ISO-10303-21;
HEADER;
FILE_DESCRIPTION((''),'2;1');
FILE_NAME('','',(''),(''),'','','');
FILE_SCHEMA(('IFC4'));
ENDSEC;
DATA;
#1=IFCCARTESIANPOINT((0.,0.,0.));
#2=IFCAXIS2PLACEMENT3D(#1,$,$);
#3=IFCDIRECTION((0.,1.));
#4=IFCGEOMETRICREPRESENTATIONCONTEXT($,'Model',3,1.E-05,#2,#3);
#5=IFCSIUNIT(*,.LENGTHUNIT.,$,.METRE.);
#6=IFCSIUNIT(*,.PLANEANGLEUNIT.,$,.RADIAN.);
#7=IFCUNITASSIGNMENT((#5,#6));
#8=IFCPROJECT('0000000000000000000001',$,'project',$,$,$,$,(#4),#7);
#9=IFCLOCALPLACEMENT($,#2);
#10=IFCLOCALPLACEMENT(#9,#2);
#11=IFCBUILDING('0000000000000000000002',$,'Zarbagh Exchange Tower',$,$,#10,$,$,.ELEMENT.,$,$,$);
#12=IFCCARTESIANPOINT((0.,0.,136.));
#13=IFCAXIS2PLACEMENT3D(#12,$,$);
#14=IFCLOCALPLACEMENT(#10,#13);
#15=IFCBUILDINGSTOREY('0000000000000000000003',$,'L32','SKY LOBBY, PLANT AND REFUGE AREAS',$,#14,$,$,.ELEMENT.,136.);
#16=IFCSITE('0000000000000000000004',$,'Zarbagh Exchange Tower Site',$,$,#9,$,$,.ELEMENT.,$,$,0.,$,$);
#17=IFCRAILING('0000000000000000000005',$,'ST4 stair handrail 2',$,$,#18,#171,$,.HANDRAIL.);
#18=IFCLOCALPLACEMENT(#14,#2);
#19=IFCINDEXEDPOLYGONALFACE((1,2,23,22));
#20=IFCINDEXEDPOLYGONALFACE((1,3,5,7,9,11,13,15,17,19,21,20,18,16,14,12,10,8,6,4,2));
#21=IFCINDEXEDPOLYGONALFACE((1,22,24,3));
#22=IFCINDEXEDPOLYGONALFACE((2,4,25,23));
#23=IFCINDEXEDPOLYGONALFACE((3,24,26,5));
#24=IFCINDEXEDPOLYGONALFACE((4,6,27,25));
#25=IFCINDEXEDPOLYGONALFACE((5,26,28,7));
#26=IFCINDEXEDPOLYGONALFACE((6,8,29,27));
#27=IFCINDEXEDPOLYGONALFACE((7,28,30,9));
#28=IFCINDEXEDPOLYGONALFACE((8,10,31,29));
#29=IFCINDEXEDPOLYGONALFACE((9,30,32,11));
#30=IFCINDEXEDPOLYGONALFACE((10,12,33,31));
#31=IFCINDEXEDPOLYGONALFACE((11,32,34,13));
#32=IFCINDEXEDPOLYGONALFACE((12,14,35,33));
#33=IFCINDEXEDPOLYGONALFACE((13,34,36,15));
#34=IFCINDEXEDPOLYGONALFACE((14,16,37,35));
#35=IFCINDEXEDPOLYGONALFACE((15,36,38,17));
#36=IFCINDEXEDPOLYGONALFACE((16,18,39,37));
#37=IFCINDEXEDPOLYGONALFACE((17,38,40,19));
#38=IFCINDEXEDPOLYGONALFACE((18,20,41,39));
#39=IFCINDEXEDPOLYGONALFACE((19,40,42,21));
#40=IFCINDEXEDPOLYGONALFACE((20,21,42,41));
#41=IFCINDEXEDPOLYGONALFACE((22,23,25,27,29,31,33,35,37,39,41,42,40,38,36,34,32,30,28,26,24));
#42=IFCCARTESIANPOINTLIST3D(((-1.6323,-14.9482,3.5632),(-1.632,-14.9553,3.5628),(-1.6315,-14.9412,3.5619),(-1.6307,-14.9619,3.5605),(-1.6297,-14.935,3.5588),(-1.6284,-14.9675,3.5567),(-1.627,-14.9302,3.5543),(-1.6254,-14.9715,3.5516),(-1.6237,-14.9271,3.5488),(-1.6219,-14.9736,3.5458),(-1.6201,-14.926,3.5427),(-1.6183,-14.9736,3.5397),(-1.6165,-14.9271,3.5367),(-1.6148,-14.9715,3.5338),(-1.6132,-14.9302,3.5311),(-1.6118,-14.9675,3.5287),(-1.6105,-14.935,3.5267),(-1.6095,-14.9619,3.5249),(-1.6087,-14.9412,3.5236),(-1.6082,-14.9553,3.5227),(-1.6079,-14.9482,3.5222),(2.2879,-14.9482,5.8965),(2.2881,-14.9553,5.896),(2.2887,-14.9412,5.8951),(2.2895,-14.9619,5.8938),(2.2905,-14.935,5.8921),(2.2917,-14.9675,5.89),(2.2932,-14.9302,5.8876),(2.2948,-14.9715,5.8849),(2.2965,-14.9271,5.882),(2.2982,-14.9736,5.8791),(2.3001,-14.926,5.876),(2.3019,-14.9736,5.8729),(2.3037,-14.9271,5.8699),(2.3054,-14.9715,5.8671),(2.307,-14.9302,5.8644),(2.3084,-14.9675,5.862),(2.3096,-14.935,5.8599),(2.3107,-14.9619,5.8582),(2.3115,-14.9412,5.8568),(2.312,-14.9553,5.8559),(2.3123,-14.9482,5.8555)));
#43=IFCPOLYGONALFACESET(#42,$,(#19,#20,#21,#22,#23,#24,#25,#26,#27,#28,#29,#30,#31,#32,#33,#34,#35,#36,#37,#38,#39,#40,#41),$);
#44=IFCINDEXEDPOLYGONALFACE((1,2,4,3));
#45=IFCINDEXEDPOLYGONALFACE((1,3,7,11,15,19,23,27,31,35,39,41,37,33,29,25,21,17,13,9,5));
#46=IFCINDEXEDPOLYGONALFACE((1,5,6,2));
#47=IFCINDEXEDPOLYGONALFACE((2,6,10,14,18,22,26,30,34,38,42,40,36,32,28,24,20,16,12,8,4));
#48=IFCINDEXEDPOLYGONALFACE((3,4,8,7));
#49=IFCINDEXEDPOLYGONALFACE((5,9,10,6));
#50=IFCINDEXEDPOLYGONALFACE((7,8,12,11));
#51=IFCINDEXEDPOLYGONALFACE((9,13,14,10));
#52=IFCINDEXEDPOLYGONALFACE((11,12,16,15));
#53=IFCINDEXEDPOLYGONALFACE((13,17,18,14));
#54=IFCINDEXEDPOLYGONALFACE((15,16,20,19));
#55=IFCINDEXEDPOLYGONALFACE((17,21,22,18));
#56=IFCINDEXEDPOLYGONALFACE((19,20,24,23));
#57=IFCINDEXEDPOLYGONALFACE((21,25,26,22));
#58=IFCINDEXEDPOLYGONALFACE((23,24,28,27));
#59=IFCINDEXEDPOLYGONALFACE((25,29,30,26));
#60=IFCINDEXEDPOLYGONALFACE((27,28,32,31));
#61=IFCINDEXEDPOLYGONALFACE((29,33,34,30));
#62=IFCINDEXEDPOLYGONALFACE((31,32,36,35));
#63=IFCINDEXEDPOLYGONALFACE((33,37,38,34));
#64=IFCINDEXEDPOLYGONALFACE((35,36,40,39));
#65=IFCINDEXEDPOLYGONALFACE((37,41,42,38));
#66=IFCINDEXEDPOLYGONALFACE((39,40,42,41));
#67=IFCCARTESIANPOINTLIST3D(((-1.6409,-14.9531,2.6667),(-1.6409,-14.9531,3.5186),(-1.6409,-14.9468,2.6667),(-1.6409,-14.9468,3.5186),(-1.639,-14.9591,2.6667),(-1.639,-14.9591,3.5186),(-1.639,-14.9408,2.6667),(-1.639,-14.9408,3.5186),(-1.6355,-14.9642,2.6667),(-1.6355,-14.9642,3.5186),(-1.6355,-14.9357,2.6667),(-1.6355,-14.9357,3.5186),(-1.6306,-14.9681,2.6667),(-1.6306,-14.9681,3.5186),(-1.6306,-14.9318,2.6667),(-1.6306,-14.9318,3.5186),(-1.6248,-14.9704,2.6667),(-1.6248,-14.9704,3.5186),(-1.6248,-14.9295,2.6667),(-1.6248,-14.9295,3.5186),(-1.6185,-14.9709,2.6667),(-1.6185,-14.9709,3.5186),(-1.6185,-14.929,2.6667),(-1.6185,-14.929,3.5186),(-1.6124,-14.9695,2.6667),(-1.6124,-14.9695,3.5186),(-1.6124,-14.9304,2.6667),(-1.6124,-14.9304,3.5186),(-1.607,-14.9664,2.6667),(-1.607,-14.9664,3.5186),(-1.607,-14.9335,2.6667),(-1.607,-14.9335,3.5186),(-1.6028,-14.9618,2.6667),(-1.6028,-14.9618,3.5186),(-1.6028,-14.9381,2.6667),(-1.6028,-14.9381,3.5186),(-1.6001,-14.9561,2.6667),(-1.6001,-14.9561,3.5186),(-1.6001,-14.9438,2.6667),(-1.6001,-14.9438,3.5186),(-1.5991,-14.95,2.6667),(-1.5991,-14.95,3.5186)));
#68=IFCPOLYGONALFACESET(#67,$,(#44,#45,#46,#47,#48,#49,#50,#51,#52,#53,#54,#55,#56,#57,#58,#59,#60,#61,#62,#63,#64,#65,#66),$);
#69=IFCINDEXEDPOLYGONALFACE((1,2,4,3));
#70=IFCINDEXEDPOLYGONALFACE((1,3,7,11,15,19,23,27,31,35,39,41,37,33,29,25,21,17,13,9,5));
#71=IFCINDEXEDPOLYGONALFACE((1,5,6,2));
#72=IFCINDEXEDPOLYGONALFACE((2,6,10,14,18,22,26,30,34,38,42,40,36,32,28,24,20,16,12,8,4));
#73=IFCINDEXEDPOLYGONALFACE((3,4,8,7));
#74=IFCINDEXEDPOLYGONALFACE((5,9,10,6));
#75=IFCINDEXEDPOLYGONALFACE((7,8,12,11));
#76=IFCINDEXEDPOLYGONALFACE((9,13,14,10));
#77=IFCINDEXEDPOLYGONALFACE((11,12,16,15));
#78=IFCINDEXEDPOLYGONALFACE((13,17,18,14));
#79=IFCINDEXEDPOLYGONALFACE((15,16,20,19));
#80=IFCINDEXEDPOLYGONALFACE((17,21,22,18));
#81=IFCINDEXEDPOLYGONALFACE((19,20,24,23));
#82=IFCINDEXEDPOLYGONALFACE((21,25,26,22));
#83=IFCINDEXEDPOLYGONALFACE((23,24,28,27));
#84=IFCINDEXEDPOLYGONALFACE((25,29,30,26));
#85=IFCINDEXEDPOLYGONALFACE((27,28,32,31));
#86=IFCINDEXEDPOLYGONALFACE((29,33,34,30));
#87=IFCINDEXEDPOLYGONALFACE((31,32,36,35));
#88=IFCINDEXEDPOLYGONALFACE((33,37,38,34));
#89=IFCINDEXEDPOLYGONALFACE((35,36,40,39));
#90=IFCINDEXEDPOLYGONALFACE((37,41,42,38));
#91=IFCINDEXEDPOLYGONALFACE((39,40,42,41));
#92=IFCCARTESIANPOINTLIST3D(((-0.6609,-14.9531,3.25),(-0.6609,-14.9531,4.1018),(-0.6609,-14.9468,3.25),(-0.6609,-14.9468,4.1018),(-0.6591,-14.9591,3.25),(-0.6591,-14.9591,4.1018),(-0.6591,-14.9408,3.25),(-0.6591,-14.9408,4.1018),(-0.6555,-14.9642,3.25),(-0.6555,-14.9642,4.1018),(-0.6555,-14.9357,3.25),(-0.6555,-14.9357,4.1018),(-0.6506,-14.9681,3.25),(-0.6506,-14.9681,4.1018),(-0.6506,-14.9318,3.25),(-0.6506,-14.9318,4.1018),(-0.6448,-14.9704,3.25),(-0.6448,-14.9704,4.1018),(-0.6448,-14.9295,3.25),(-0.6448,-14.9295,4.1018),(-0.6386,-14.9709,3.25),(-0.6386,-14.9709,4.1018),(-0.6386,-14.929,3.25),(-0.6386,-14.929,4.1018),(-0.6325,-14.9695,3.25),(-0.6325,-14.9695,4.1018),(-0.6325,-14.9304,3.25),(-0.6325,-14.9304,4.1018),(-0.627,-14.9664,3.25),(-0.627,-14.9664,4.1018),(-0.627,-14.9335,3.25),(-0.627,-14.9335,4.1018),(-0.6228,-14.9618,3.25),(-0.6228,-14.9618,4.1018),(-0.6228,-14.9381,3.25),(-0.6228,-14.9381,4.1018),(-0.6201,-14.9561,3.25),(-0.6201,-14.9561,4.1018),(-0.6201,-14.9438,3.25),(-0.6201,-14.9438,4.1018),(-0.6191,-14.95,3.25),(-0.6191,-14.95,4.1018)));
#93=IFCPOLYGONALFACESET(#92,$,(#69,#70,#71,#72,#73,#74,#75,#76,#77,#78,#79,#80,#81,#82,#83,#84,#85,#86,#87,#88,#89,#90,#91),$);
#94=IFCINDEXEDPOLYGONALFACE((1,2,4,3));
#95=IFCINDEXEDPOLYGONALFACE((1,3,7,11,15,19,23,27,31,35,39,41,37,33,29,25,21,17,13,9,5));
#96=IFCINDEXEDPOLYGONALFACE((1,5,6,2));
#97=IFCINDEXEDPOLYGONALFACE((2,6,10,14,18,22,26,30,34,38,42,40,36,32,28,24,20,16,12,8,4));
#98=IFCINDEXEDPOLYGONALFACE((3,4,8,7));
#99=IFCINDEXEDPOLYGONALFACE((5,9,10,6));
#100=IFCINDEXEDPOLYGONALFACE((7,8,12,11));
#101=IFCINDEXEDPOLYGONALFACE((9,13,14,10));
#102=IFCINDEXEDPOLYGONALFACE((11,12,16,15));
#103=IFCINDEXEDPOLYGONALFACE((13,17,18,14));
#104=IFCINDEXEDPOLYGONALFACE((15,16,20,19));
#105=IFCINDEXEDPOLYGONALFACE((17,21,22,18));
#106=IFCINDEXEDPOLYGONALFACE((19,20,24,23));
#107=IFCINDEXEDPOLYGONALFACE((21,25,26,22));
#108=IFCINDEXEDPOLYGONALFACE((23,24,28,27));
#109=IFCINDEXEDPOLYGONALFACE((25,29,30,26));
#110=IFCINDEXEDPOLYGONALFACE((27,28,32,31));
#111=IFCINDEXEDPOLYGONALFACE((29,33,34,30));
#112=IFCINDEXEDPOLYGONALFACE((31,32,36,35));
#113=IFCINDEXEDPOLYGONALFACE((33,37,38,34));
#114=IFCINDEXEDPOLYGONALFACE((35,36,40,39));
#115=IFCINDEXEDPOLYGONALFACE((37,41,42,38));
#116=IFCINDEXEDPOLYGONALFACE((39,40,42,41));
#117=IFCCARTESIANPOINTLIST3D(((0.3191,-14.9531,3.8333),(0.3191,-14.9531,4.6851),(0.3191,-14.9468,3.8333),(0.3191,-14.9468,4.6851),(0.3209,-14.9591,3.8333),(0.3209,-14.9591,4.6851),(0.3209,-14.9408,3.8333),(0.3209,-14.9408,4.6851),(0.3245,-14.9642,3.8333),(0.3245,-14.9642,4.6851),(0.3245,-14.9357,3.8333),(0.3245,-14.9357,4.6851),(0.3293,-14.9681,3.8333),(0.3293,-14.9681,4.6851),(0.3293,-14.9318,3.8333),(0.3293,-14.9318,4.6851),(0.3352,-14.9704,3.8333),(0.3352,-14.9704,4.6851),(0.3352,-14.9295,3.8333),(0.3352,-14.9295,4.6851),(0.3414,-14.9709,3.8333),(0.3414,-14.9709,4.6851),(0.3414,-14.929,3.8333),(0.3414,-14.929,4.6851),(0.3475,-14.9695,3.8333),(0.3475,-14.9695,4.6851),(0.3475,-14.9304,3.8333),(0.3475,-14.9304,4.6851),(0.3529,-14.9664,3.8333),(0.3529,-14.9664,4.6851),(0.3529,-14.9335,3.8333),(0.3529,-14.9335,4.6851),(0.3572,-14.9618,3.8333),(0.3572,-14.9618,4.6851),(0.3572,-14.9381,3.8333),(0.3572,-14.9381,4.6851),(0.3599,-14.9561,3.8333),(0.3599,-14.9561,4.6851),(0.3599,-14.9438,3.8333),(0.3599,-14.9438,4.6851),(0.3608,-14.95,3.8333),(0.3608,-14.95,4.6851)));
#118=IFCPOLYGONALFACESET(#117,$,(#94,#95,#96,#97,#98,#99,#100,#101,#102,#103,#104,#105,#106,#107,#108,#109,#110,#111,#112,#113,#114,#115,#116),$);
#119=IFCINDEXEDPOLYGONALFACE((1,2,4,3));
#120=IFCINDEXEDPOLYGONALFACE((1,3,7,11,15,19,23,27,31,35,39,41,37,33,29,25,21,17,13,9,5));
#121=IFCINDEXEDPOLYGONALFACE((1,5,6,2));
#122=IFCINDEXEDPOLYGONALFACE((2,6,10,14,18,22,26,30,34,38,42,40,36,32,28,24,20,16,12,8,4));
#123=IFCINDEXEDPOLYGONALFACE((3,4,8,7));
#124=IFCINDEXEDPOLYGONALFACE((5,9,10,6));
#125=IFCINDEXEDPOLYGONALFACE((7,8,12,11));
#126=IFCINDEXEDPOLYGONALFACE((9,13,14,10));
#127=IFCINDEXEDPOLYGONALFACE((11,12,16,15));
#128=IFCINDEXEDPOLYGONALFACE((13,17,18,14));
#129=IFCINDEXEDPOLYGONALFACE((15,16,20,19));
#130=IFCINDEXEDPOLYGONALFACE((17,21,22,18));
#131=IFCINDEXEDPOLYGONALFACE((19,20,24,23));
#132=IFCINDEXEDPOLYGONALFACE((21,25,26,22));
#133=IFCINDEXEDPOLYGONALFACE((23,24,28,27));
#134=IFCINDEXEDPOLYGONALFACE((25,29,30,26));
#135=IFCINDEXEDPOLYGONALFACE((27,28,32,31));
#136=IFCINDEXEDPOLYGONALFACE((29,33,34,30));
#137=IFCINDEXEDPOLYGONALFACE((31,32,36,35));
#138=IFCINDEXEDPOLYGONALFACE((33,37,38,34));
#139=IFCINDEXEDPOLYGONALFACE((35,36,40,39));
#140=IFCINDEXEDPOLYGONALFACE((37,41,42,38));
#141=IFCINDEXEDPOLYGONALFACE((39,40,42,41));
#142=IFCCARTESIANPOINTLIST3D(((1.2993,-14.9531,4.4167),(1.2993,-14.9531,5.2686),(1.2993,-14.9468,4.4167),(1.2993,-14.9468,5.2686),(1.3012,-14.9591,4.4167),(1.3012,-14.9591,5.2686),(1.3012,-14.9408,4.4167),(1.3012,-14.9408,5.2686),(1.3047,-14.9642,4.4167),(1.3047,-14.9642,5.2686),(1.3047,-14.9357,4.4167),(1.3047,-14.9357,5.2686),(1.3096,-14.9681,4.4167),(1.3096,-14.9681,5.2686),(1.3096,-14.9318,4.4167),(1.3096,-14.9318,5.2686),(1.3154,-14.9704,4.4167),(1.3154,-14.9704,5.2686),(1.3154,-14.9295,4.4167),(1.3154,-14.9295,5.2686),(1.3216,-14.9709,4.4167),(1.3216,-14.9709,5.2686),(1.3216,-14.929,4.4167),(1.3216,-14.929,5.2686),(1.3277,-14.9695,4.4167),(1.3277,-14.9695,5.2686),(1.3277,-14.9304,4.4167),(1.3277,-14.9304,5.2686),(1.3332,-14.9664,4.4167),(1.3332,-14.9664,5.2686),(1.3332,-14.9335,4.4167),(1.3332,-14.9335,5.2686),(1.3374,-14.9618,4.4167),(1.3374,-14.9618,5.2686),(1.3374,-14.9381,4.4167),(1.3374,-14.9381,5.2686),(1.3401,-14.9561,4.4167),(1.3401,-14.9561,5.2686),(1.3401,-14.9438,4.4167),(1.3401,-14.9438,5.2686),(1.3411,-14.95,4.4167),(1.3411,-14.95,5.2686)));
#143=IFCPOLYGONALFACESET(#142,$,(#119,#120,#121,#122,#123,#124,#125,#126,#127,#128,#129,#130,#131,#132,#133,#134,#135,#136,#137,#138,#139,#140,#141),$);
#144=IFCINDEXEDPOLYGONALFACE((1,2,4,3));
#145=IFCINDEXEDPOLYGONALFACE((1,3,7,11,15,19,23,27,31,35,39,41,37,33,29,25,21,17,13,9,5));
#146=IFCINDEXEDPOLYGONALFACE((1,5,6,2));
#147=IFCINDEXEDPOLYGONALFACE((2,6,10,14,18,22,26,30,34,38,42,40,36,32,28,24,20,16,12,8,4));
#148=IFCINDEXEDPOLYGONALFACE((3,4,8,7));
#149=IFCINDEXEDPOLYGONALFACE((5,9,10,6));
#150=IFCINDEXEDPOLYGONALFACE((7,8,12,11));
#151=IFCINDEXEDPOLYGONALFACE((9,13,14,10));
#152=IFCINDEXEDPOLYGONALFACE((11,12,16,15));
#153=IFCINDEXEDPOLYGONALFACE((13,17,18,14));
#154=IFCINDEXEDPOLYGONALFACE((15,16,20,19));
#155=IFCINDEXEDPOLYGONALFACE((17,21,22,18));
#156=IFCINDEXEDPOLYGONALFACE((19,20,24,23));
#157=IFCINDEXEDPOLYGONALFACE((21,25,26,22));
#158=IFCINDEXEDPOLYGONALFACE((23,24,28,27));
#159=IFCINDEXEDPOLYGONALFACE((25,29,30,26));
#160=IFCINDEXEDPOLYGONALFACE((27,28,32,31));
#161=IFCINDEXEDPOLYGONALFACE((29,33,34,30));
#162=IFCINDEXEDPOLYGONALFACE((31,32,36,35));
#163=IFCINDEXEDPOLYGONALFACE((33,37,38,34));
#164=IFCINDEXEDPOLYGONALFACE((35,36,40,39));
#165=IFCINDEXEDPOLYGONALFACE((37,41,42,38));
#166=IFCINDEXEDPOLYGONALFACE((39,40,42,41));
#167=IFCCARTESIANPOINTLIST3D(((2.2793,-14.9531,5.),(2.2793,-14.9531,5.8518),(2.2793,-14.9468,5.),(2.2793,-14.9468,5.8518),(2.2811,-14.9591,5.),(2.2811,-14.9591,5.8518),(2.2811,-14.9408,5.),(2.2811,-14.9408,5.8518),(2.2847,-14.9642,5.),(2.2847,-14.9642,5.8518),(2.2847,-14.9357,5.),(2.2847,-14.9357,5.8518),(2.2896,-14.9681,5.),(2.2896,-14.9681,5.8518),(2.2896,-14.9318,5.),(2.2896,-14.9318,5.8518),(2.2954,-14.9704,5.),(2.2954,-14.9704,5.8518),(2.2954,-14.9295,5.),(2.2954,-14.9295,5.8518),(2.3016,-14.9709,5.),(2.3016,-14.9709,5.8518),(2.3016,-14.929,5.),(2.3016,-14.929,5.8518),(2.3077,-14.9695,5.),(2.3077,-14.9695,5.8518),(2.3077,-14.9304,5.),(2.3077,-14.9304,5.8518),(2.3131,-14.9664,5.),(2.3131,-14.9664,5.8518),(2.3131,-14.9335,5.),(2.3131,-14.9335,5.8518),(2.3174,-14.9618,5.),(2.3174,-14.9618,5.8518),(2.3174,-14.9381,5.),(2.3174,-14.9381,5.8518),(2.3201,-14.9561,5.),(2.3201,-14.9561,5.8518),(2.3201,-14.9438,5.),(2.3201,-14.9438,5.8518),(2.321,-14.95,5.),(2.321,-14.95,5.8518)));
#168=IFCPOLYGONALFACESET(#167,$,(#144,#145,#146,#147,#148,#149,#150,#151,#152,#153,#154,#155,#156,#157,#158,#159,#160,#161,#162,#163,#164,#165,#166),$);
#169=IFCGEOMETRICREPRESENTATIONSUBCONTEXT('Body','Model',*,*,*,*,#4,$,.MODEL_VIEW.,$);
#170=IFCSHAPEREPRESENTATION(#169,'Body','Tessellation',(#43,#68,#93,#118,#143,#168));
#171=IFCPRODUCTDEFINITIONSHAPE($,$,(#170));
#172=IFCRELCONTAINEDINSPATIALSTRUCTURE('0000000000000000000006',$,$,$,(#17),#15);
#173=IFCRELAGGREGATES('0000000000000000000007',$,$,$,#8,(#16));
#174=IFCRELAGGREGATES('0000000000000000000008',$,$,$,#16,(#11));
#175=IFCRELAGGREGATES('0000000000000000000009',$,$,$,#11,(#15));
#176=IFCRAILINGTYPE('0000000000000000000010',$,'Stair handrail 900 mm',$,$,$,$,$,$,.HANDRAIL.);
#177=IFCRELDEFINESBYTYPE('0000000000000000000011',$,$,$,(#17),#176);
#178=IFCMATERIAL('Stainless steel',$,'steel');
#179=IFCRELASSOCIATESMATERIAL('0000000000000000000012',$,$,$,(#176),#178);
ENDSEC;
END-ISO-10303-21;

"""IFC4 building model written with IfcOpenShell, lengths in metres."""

from ifc_helpers import new_model, si_unit, direction, frame, origin, origin_2d, place, context, subcontext, project, spatial, circle, extrude, material, type_object, element, save


model = new_model("IFC4")

# Units and contexts
model_context = context("Model", 3, precision=1e-05, world=origin(), true_north=direction((0.0, 1.0)))
body_context = subcontext(model_context, "Body", "Model", "MODEL_VIEW")
ifc_project = project(units=[si_unit("LENGTHUNIT", "METRE"), si_unit("PLANEANGLEUNIT", "RADIAN")], contexts=[model_context])

# Site, building, storey
site_placement = place(None, origin())
site = spatial("IfcSite", under=ifc_project, at=site_placement, Name="Zarbagh Exchange Tower Site", CompositionType="ELEMENT", RefElevation=0.0)
building_placement = place(site_placement, origin())
building = spatial("IfcBuilding", under=site, at=building_placement, Name="Zarbagh Exchange Tower", CompositionType="ELEMENT")
storey_placement = place(building_placement, frame((0.0, 0.0, 136.0)))
storey = spatial("IfcBuildingStorey", under=building, at=storey_placement, Name="L32", Description="SKY LOBBY, PLANT AND REFUGE AREAS", CompositionType="ELEMENT", Elevation=136.0)

# Railing
ifc_material_1 = material(Name="Stainless steel", Category="steel")
railing_type = type_object("IfcRailingType", Name="Stair handrail 900 mm", PredefinedType="HANDRAIL", material=ifc_material_1)
for number, where, name in (
    (1, (-1.6201, -14.95, 2.6667), "ST4 stair handrail 2"),
):
    element("IfcRailing", number, at=place(storey_placement, frame(where)), inside=storey, type_object=railing_type, Name=name, PredefinedType="HANDRAIL", context=body_context, shape_type="SweptSolid", body=[
        extrude(circle(Radius=0.0239, at=origin_2d()), frame((0.0, 0.0, 0.876), z_axis=(0.85931, 0.0, 0.511455), x_axis=(0.0, 1.0, 0.0)), (0.0, 0.0, 1.0), 4.562),
        extrude(circle(Radius=0.021, at=origin_2d()), origin(), (0.0, 0.0, 1.0), 0.8518),
        extrude(circle(Radius=0.021, at=origin_2d()), frame((0.98, 0.0, 0.5833)), (0.0, 0.0, 1.0), 0.8518),
        extrude(circle(Radius=0.021, at=origin_2d()), frame((1.96, 0.0, 1.1665)), (0.0, 0.0, 1.0), 0.8518),
        extrude(circle(Radius=0.021, at=origin_2d()), frame((2.9402, 0.0, 1.75)), (0.0, 0.0, 1.0), 0.8518),
        extrude(circle(Radius=0.021, at=origin_2d()), frame((3.9202, 0.0, 2.3333)), (0.0, 0.0, 1.0), 0.8518),
    ])

save(model, "model.ifc")
